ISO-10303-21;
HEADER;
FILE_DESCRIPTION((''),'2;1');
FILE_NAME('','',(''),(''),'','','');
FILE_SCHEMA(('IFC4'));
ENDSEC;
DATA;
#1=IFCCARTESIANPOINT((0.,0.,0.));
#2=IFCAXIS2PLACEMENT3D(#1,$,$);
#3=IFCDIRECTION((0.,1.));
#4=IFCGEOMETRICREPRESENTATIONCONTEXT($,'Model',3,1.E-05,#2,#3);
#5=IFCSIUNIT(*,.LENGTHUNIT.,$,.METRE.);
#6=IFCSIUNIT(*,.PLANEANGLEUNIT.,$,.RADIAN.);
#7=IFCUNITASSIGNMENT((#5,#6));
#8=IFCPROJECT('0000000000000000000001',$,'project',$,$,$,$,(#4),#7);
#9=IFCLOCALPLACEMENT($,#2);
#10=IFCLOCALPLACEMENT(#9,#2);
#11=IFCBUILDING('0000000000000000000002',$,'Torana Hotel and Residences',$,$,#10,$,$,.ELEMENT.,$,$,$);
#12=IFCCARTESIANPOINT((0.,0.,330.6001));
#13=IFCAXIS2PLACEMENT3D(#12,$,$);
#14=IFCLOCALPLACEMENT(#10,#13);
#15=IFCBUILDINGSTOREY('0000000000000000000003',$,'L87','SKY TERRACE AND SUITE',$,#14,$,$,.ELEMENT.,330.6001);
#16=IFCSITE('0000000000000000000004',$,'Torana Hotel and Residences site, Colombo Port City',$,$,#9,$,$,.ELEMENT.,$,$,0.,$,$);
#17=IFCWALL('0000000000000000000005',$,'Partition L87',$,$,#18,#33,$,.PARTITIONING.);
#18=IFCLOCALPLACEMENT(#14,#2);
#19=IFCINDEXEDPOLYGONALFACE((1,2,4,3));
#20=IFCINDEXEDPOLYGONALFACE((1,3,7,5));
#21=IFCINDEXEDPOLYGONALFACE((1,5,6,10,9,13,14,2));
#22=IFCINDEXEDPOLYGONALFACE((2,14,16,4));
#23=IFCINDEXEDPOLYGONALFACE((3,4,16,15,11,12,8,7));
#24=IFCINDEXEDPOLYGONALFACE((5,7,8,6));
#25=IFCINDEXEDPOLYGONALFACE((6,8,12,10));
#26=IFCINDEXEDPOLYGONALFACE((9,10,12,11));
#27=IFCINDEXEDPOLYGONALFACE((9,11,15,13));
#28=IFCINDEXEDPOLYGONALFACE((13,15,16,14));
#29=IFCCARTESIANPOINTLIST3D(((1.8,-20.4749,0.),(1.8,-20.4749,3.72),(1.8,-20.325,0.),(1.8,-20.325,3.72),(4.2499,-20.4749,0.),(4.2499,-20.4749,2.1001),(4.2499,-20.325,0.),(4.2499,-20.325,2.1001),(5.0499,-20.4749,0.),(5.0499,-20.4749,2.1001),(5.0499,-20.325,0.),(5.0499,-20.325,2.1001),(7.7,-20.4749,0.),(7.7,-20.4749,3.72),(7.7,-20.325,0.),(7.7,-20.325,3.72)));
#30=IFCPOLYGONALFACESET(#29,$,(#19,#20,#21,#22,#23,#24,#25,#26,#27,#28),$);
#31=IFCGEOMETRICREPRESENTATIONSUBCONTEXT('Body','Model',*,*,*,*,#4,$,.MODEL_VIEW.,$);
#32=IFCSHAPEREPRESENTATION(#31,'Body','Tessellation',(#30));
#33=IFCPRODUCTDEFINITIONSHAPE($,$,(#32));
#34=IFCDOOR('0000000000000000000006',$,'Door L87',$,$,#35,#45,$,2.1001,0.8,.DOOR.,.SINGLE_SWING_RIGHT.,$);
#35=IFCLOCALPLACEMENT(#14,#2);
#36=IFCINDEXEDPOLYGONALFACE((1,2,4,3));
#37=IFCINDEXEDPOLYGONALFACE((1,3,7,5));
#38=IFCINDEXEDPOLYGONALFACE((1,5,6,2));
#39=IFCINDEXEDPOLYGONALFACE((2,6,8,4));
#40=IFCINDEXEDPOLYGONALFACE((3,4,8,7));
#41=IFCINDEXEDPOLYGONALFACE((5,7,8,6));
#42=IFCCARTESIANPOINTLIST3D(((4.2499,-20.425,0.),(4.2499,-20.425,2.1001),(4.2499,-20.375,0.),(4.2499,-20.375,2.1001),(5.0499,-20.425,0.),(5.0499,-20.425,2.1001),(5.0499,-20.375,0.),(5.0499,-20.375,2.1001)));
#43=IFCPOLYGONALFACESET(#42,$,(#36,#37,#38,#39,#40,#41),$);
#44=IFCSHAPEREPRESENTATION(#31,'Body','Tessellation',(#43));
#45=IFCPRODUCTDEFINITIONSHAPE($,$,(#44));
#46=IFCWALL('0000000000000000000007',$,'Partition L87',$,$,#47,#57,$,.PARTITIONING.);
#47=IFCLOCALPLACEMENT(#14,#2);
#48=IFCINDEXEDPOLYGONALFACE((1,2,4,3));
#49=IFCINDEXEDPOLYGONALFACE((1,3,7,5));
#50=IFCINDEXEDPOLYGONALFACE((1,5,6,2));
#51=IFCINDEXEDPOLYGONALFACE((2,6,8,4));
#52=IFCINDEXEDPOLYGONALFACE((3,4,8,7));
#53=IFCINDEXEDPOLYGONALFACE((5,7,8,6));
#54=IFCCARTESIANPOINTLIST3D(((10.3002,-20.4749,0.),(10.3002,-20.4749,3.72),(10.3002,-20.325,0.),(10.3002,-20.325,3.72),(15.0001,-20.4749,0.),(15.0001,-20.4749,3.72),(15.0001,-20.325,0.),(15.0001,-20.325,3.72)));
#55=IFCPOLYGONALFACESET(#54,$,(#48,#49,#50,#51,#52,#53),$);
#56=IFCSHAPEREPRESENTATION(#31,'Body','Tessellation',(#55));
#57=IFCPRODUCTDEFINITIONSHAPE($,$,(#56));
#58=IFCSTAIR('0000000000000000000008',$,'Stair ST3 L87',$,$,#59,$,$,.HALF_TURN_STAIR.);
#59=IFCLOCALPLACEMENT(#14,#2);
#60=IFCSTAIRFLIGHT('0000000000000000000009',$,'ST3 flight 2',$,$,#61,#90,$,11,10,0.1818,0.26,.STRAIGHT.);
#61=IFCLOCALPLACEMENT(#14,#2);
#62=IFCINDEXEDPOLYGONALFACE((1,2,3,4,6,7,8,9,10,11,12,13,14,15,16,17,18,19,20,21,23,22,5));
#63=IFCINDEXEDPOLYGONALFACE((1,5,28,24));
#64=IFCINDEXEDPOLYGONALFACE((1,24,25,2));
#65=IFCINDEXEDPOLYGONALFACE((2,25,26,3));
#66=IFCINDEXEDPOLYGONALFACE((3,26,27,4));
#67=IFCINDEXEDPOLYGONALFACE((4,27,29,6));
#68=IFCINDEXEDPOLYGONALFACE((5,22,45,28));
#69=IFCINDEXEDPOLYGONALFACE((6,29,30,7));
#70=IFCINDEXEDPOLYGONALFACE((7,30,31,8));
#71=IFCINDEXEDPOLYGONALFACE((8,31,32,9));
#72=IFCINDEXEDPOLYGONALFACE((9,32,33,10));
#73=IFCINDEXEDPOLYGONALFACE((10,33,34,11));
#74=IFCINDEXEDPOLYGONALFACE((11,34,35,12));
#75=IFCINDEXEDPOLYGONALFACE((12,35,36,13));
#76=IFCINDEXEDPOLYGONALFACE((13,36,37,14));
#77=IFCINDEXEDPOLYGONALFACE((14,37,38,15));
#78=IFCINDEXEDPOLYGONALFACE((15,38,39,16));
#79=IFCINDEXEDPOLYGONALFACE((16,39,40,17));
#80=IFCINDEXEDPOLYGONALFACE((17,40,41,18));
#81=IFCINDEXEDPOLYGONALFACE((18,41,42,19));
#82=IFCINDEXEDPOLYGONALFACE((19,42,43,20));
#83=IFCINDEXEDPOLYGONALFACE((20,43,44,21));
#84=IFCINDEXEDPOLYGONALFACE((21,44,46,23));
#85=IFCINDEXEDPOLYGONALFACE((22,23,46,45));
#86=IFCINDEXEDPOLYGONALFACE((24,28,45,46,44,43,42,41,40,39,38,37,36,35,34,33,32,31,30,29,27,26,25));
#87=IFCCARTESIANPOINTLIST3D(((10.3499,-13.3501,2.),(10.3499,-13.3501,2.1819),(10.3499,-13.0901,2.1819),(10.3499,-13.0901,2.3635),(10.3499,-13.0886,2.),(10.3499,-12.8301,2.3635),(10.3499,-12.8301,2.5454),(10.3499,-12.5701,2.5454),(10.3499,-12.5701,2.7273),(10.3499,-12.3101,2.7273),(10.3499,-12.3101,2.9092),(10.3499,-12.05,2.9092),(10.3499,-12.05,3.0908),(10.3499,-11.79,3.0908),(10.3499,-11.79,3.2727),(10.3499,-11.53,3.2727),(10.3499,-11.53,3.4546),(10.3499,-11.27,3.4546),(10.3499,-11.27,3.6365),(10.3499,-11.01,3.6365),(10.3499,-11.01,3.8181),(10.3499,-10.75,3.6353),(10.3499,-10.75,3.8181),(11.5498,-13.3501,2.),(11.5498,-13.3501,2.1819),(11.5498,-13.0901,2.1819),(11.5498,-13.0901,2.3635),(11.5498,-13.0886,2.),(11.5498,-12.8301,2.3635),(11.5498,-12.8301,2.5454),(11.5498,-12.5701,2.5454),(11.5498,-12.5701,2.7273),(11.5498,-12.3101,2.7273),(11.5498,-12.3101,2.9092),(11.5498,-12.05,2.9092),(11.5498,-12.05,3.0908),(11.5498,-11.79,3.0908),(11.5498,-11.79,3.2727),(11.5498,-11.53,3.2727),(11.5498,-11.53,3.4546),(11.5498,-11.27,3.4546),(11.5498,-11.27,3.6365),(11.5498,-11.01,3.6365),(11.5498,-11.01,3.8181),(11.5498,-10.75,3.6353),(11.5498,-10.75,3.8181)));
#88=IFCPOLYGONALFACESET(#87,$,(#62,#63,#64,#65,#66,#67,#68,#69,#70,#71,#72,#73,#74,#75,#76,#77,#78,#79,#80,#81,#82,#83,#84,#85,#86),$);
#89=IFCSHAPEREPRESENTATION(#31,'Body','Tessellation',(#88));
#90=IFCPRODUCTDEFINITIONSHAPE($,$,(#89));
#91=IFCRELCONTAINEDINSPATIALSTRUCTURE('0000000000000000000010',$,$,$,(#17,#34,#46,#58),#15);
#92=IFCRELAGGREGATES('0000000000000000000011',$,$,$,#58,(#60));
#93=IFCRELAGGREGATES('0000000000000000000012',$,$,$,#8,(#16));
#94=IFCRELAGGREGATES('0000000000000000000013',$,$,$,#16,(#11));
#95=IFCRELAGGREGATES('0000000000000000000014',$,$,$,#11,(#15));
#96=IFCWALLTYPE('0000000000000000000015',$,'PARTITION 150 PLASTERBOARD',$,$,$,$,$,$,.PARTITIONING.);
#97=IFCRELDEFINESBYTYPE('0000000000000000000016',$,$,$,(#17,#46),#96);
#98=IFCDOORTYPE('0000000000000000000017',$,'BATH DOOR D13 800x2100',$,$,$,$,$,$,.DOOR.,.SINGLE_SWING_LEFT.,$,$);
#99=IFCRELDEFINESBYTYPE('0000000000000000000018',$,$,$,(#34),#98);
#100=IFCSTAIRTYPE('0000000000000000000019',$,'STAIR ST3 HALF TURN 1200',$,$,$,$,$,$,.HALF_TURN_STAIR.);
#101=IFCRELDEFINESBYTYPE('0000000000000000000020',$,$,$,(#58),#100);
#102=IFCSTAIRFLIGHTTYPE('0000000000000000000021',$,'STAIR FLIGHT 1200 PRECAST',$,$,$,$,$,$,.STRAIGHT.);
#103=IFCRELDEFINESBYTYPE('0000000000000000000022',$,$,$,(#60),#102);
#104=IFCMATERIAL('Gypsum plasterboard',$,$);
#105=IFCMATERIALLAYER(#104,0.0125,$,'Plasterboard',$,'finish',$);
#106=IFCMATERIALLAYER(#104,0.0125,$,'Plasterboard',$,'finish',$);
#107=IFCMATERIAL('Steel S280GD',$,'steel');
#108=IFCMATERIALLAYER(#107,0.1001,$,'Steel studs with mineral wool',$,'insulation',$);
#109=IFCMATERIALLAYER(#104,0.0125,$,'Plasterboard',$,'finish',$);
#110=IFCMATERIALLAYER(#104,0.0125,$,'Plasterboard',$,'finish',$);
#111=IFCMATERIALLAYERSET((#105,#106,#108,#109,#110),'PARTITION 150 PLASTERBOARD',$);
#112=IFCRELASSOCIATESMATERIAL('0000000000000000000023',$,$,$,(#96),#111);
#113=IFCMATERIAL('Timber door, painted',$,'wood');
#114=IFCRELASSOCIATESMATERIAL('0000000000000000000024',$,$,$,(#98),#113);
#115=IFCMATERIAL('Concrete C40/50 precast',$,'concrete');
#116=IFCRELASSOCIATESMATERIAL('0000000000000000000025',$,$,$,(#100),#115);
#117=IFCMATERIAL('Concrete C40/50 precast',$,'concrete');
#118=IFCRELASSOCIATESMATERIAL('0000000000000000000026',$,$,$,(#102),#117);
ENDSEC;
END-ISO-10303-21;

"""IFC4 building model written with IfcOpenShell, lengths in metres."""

from ifc_helpers import new_model, si_unit, direction, frame, frame_2d, origin, place, context, subcontext, project, spatial, polyline, rectangle, outline, extrude, material, layer, layer_set, type_object, element, fill, aggregate, save


model = new_model("IFC4")

# Units and contexts
model_context = context("Model", 3, precision=1e-05, world=origin(), true_north=direction((0.0, 1.0)))
body_context = subcontext(model_context, "Body", "Model", "MODEL_VIEW")
ifc_project = project(units=[si_unit("LENGTHUNIT", "METRE"), si_unit("PLANEANGLEUNIT", "RADIAN")], contexts=[model_context])

# Site, building, storey
site_placement = place(None, origin())
site = spatial("IfcSite", under=ifc_project, at=site_placement, Name="Torana Hotel and Residences site, Colombo Port City", CompositionType="ELEMENT", RefElevation=0.0)
building_placement = place(site_placement, origin())
building = spatial("IfcBuilding", under=site, at=building_placement, Name="Torana Hotel and Residences", CompositionType="ELEMENT")
storey_placement = place(building_placement, frame((0.0, 0.0, 330.6001)))
storey = spatial("IfcBuildingStorey", under=building, at=storey_placement, Name="L87", Description="SKY TERRACE AND SUITE", CompositionType="ELEMENT", Elevation=330.6001)

# Shared definitions
ifc_material_1 = material(Name="Gypsum plasterboard")
ifc_layer_1 = layer(ifc_material_1, 0.0125, Name="Plasterboard", Category="finish")
ifc_layer_2 = layer(ifc_material_1, 0.0125, Name="Plasterboard", Category="finish")
ifc_material_2 = material(Name="Steel S280GD", Category="steel")
ifc_layer_3 = layer(ifc_material_2, 0.1001, Name="Steel studs with mineral wool", Category="insulation")
ifc_layer_4 = layer(ifc_material_1, 0.0125, Name="Plasterboard", Category="finish")
ifc_layer_5 = layer(ifc_material_1, 0.0125, Name="Plasterboard", Category="finish")
ifc_layer_set_1 = layer_set([ifc_layer_1, ifc_layer_2, ifc_layer_3, ifc_layer_4, ifc_layer_5], Name="PARTITION 150 PLASTERBOARD")
wall_type_1 = type_object("IfcWallType", Name="PARTITION 150 PLASTERBOARD", PredefinedType="PARTITIONING", material=ifc_layer_set_1)
ifc_material_3 = material(Name="Timber door, painted", Category="wood")
door_type_1 = type_object("IfcDoorType", Name="BATH DOOR D13 800x2100", OperationType="SINGLE_SWING_LEFT", PredefinedType="DOOR", material=ifc_material_3)

# Wall, opening, door
wall_1_placement = place(storey_placement, frame((1.8, -20.3999, 0.0), z_axis=(0.0, 0.0, 1.0), x_axis=(1.0, 0.0, 0.0)))
wall_1 = element("IfcWall", 1, at=wall_1_placement, inside=storey, type_object=wall_type_1, Name="Partition L87", PredefinedType="PARTITIONING", context=body_context, shape_type="SweptSolid", body=[
    extrude(rectangle(XDim=5.8999, YDim=0.1499, at=frame_2d((2.95, 0.0))), origin(), (0.0, 0.0, 1.0), 3.72),
])
opening_1_placement = place(wall_1_placement, frame((2.45, 0.0, 0.0)))
opening_1 = element("IfcOpeningElement", 2, at=opening_1_placement, cuts=wall_1, PredefinedType="OPENING", context=body_context, shape_type="SweptSolid", body=[
    extrude(rectangle(XDim=0.8, YDim=2.1001, at=frame_2d((0.3999, 1.05))), frame((0.0, 0.085, 0.0), z_axis=(0.0, -1.0, 0.0), x_axis=(1.0, 0.0, 0.0)), (0.0, 0.0, 1.0), 0.1699),
])
door_1_placement = place(opening_1_placement, origin())
door_1 = element("IfcDoor", 3, at=door_1_placement, inside=storey, type_object=door_type_1, Name="Door L87", OperationType="SINGLE_SWING_RIGHT", OverallHeight=2.1001, OverallWidth=0.8, PredefinedType="DOOR", context=body_context, shape_type="SweptSolid", body=[
    extrude(rectangle(XDim=0.8, YDim=2.1001, at=frame_2d((0.3999, 1.05))), frame((0.0, 0.0249, 0.0), z_axis=(0.0, -1.0, 0.0), x_axis=(1.0, 0.0, 0.0)), (0.0, 0.0, 1.0), 0.05),
])
fill(opening_1, door_1)

# Wall
wall_2_placement = place(storey_placement, frame((10.3, -20.3999, 0.0), z_axis=(0.0, 0.0, 1.0), x_axis=(1.0, 0.0, 0.0)))
element("IfcWall", 4, at=wall_2_placement, inside=storey, type_object=wall_type_1, Name="Partition L87", PredefinedType="PARTITIONING", context=body_context, shape_type="SweptSolid", body=[
    extrude(rectangle(XDim=4.7, YDim=0.1499, at=frame_2d((2.3501, 0.0))), origin(), (0.0, 0.0, 1.0), 3.72),
])

# Stair, stair flight
ifc_material_4 = material(Name="Concrete C40/50 precast", Category="concrete")
stair_type = type_object("IfcStairType", Name="STAIR ST3 HALF TURN 1200", PredefinedType="HALF_TURN_STAIR", material=ifc_material_4)
stair_placement = place(storey_placement, origin())
stair = element("IfcStair", 5, at=stair_placement, inside=storey, type_object=stair_type, Name="Stair ST3 L87", PredefinedType="HALF_TURN_STAIR")
ifc_material_5 = material(Name="Concrete C40/50 precast", Category="concrete")
stair_flight_type = type_object("IfcStairFlightType", Name="STAIR FLIGHT 1200 PRECAST", PredefinedType="STRAIGHT", material=ifc_material_5)
stair_flight_placement = place(storey_placement, frame((10.95, -13.3501, 2.0), z_axis=(0.0, 0.0, 1.0), x_axis=(0.0, 1.0, 0.0)))
stair_flight = element("IfcStairFlight", 6, at=stair_flight_placement, type_object=stair_flight_type, Name="ST3 flight 2", NumberOfRisers=11, NumberOfTreads=10, PredefinedType="STRAIGHT", RiserHeight=0.1818, TreadLength=0.26, context=body_context, shape_type="SweptSolid", body=[
    extrude(outline(polyline([(0.0, 0.0), (0.0, 0.1819), (0.26, 0.1819), (0.26, 0.3635), (0.52, 0.3635), (0.52, 0.5454), (0.78, 0.5454), (0.78, 0.7273), (1.04, 0.7273), (1.04, 0.9092), (1.3, 0.9092), (1.3, 1.0908), (1.5601, 1.0908), (1.5601, 1.2727), (1.8201, 1.2727), (1.8201, 1.4546), (2.0801, 1.4546), (2.0801, 1.6365), (2.3401, 1.6365), (2.3401, 1.8181), (2.6001, 1.8181), (2.6001, 2.0), (2.6001, 1.6353), (0.2615, 0.0), (0.0, 0.0)])), frame((0.0, 0.6001, 0.0), z_axis=(0.0, -1.0, 0.0), x_axis=(1.0, 0.0, 0.0)), (0.0, 0.0, 1.0), 1.2),
])
aggregate(stair, [stair_flight])

save(model, "model.ifc")
